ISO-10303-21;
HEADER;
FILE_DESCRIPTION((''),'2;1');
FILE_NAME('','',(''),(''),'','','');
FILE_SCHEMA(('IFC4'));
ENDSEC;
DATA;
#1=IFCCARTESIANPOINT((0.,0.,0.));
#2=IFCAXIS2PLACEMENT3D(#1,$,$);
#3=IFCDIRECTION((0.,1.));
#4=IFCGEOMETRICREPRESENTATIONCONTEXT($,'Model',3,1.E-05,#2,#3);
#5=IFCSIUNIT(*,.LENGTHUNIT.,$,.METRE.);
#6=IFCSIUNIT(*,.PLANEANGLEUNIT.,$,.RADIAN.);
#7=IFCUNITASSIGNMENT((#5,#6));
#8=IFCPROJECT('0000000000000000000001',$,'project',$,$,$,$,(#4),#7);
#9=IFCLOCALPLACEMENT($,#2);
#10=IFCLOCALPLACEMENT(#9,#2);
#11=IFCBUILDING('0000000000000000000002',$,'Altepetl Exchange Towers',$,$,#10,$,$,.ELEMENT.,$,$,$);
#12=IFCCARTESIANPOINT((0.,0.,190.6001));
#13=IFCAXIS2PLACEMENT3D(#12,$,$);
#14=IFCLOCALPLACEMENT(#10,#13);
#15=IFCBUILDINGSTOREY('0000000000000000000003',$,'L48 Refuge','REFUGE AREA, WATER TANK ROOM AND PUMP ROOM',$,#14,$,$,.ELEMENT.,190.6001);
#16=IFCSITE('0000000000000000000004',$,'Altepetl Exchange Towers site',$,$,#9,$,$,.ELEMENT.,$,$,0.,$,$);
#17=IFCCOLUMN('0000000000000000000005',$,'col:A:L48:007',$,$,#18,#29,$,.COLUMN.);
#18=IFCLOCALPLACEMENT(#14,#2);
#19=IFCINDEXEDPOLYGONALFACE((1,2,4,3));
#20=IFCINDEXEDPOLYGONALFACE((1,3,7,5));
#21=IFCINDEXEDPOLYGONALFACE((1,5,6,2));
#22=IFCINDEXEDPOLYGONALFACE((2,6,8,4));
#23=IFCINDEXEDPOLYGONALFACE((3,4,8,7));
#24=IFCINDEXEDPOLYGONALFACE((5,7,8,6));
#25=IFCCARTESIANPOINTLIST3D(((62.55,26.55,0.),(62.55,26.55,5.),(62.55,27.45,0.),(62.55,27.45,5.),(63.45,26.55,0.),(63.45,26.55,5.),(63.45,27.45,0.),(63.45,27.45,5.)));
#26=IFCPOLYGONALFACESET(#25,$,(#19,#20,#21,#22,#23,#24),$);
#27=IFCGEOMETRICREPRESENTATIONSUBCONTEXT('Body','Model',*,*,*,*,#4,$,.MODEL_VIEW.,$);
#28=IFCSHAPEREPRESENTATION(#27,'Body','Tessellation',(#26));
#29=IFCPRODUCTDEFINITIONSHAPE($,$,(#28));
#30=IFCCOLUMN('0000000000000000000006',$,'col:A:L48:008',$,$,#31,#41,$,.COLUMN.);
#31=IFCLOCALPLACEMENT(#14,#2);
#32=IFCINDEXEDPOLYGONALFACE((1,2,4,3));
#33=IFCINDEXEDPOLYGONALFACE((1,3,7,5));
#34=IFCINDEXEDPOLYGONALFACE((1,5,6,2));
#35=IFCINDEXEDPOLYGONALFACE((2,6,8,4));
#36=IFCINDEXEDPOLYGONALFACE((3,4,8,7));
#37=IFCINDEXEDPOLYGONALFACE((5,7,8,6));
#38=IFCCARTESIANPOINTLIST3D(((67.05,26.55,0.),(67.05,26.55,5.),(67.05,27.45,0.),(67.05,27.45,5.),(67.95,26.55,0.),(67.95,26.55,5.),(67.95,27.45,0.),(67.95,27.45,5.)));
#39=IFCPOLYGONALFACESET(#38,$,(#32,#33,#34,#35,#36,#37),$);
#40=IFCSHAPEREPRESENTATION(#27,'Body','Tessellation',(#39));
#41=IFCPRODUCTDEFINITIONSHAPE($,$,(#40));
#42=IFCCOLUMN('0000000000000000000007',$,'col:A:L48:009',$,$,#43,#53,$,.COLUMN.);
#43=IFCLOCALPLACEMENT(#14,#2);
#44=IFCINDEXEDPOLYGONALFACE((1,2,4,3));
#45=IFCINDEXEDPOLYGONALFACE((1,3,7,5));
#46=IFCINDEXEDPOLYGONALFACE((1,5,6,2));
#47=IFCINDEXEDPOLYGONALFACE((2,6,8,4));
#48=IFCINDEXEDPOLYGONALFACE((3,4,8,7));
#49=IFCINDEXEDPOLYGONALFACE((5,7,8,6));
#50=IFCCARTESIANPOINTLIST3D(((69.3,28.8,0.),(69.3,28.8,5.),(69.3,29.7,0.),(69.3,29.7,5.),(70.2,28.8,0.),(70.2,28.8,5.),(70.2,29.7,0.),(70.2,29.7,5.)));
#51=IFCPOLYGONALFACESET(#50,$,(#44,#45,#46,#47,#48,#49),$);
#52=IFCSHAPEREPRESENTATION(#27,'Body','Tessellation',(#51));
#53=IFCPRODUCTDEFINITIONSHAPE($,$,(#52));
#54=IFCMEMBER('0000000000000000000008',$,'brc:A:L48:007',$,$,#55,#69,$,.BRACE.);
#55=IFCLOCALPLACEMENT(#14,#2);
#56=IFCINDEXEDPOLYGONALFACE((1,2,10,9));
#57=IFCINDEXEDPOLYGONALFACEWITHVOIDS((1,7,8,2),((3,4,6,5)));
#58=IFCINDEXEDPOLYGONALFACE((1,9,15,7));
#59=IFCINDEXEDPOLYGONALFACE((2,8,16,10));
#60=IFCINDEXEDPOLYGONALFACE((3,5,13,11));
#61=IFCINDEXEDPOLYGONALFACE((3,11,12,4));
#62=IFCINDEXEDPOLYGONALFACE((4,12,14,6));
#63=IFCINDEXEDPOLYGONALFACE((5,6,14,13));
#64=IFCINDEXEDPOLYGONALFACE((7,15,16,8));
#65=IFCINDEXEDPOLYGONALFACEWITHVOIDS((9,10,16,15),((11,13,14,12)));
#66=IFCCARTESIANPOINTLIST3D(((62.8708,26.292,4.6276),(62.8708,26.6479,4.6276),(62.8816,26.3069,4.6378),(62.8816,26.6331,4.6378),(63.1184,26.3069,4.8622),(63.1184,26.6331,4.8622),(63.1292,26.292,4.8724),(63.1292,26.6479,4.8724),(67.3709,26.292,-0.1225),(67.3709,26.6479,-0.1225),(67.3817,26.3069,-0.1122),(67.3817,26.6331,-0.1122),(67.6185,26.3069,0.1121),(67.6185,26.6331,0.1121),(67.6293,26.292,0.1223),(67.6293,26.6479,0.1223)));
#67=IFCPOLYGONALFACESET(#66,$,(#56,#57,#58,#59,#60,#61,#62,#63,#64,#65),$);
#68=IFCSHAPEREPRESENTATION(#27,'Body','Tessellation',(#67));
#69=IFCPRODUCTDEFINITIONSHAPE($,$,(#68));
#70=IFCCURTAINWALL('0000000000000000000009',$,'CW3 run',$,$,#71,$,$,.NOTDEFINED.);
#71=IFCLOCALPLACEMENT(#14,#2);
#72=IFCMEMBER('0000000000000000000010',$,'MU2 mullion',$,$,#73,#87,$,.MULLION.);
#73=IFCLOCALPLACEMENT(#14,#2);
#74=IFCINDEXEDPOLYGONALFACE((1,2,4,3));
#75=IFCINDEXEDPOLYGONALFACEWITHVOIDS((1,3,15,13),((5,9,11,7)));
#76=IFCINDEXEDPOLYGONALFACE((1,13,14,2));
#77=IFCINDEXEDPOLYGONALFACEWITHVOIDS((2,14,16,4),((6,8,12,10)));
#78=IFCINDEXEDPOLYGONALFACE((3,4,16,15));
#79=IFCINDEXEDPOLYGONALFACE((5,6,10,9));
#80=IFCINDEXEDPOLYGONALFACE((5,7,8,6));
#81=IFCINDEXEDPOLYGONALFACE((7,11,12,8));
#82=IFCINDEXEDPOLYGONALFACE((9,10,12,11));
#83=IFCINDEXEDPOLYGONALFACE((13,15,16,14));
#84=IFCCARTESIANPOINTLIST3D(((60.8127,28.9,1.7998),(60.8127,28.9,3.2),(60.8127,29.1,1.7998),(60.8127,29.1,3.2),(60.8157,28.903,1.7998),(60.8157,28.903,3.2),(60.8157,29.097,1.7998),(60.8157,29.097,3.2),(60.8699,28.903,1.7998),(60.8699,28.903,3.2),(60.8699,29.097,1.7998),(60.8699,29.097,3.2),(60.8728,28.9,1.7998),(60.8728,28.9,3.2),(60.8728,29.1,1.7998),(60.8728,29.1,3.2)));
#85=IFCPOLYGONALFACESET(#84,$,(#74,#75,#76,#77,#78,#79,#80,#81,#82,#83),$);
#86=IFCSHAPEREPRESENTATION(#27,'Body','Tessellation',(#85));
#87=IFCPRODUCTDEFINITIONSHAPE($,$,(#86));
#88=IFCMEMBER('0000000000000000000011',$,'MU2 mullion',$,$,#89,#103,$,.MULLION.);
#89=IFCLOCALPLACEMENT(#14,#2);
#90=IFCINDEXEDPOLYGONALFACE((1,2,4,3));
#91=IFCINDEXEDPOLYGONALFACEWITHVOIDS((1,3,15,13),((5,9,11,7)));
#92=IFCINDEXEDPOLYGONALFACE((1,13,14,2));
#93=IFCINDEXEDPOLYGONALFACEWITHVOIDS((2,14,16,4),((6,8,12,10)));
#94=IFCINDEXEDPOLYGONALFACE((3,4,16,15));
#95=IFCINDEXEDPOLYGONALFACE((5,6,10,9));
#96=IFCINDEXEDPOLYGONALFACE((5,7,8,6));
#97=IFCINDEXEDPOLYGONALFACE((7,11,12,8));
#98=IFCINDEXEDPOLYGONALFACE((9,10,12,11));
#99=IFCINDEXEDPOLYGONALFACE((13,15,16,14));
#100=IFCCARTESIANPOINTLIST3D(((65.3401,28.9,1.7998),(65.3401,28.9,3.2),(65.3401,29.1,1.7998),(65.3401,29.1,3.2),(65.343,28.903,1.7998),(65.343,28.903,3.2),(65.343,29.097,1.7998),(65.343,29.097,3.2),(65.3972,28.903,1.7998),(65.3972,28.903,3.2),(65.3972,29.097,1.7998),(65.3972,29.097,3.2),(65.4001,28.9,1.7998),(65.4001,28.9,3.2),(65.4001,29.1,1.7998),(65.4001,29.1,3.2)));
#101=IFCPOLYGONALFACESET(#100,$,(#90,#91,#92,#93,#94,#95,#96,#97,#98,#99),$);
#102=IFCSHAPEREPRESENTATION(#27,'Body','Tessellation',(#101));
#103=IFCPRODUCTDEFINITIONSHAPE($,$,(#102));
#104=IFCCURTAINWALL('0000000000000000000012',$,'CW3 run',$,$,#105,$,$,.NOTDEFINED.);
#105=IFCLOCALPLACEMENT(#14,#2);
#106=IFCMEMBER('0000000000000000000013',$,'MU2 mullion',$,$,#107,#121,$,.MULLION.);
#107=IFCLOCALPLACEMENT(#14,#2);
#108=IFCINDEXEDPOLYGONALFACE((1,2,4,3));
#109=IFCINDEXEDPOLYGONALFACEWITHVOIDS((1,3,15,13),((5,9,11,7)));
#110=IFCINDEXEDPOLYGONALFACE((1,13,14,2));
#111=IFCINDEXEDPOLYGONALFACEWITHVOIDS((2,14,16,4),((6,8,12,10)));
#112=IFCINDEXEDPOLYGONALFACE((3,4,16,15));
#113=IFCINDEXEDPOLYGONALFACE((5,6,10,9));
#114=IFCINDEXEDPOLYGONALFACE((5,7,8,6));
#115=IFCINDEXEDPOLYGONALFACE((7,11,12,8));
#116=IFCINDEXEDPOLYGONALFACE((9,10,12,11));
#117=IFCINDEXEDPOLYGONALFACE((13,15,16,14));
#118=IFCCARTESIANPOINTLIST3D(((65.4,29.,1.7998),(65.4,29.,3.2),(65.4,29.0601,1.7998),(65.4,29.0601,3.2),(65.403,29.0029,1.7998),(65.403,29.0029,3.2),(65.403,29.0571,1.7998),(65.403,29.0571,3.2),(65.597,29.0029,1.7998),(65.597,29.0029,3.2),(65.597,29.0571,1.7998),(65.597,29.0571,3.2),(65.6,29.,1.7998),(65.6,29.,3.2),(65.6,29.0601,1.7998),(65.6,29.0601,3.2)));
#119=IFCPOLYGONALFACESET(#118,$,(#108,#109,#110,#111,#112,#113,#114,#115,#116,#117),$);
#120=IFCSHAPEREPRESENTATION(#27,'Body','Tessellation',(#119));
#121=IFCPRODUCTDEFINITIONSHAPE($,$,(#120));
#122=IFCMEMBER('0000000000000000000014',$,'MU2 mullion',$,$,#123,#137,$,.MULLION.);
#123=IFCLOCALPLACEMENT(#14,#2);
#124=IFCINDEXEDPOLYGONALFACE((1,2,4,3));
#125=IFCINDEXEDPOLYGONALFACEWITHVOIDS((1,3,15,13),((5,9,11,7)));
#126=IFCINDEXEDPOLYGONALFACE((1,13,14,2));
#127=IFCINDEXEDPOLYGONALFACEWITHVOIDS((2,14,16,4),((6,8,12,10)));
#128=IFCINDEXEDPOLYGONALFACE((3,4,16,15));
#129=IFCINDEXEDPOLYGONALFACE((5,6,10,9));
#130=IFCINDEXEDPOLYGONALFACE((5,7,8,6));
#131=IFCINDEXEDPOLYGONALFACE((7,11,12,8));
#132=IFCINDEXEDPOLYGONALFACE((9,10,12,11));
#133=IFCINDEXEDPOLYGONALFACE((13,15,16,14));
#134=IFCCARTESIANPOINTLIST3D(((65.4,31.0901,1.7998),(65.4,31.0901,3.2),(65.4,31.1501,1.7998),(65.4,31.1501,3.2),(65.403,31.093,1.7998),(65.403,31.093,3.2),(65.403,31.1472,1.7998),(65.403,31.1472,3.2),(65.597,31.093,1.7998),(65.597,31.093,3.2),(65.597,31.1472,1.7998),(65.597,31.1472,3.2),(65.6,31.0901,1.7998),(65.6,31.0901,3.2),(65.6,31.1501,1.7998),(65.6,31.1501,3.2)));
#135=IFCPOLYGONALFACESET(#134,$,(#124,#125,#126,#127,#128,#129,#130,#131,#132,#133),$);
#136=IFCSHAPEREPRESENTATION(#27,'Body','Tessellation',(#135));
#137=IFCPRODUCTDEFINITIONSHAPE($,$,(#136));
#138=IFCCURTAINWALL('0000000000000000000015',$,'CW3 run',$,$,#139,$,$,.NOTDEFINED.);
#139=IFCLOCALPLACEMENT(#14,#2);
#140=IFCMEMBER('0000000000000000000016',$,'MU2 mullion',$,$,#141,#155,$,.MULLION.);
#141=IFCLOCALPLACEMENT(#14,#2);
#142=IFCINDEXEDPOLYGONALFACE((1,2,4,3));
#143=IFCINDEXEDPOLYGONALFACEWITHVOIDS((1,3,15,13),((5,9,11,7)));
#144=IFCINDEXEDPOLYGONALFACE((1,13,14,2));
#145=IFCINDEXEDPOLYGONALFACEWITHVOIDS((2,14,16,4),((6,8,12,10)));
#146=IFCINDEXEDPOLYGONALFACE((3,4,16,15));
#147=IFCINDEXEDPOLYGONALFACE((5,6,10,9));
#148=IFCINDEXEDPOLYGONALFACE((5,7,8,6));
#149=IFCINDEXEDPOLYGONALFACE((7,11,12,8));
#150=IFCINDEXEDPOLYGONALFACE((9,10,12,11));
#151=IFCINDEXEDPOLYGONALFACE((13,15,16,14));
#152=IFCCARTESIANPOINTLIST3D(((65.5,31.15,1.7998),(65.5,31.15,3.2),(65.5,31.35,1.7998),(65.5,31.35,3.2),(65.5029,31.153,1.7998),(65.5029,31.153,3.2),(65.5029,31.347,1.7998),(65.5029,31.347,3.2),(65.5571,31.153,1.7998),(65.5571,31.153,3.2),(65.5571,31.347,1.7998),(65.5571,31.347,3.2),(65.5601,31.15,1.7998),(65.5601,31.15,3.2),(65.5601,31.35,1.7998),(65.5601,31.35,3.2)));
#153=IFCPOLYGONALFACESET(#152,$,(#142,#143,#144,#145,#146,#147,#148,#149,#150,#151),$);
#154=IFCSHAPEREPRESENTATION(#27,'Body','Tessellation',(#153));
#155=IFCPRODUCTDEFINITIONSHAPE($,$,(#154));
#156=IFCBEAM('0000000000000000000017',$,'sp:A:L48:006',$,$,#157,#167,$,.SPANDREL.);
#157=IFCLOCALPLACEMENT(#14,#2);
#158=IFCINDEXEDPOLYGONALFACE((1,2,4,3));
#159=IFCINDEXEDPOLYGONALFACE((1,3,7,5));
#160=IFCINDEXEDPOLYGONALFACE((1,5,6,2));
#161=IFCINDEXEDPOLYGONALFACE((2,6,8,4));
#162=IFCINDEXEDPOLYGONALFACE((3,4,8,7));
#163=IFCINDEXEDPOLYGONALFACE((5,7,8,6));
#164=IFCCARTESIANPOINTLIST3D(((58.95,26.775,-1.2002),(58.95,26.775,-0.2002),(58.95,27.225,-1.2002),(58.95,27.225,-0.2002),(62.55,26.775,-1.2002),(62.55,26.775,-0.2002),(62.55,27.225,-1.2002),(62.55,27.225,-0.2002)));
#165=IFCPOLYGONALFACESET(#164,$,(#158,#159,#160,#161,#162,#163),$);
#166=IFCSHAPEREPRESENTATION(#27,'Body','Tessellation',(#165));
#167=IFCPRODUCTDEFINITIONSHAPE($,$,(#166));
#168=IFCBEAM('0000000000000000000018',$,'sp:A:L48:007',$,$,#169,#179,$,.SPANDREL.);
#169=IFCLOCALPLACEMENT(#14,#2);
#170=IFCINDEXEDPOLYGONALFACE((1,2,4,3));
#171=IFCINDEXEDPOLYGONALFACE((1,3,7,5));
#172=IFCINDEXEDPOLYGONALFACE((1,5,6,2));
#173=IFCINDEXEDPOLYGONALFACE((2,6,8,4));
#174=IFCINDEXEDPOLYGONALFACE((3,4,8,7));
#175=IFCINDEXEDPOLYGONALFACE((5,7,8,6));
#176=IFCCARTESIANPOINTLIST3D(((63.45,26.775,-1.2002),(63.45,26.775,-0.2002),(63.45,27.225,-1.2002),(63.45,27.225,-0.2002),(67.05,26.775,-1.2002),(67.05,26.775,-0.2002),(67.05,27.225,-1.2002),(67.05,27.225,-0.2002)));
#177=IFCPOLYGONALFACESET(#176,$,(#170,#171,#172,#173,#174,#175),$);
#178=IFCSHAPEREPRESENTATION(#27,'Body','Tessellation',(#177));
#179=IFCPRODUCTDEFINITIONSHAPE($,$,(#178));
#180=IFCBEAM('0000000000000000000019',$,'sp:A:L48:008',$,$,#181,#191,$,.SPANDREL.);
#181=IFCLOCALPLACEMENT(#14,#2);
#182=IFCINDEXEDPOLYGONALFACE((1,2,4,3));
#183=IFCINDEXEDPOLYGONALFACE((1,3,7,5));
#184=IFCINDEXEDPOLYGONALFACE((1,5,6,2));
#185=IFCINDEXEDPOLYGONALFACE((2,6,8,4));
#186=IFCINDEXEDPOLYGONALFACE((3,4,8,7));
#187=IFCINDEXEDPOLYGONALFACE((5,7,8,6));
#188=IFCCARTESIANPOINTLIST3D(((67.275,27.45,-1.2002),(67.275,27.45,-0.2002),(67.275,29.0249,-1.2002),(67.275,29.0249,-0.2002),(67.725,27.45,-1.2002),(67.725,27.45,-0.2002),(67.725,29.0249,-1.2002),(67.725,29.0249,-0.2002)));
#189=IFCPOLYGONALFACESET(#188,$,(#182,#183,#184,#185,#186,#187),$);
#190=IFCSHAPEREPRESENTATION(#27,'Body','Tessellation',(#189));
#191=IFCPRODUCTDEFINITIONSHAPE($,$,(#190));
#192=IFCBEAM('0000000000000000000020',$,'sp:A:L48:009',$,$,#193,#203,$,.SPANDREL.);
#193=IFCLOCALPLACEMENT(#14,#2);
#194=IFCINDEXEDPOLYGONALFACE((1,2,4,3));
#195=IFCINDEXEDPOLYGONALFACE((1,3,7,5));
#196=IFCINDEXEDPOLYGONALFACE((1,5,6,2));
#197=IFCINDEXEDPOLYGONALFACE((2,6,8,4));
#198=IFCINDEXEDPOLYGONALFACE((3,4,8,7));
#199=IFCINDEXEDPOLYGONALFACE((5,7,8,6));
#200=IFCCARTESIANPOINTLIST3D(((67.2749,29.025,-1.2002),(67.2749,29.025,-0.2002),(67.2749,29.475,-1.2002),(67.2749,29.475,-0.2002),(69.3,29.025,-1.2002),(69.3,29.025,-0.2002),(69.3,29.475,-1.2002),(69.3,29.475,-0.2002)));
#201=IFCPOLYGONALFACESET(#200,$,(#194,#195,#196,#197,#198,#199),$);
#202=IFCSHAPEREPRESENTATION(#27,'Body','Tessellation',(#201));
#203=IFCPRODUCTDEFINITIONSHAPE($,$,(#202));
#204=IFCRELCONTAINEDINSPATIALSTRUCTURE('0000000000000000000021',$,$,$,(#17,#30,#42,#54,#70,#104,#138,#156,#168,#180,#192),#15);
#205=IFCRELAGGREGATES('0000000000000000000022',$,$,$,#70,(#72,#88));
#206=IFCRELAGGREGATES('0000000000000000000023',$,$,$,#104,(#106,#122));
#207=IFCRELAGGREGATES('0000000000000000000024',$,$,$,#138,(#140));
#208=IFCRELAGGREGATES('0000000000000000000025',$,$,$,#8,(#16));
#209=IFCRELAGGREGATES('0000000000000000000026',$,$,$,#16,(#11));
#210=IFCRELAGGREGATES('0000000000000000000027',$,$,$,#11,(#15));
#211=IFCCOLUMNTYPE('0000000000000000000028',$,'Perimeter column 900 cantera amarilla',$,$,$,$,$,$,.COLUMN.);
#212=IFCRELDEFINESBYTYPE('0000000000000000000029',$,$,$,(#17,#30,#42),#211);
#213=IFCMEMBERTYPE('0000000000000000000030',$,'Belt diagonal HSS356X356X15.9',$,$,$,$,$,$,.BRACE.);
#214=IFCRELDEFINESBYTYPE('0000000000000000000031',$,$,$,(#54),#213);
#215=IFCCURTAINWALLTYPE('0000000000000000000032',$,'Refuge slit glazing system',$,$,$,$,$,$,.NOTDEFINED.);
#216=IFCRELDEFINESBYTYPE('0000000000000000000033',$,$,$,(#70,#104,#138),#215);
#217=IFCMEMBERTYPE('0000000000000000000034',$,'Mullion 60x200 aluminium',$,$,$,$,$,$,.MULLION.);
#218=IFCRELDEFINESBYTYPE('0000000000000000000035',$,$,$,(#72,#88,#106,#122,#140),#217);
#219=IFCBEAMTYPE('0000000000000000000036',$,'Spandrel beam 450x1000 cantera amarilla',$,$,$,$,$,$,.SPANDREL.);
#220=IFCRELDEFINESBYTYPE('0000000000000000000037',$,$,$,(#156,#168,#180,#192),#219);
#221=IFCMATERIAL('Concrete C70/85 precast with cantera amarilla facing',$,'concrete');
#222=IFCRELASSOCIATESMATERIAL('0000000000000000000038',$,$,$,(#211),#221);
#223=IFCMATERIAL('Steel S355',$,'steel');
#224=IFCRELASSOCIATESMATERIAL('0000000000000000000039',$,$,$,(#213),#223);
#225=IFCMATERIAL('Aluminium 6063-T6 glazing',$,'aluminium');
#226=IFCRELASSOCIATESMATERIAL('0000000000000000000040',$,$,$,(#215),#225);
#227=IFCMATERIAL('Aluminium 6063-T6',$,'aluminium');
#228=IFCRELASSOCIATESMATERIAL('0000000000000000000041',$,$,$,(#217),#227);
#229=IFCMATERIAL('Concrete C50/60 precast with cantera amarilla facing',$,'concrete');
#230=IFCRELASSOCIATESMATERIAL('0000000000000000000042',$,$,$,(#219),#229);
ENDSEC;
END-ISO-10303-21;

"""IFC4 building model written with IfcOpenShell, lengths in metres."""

from ifc_helpers import new_model, si_unit, direction, frame, origin, origin_2d, place, context, subcontext, project, spatial, rectangle, hollow_rectangle, extrude, material, material_profile, profile_set, type_object, element, aggregate, save


model = new_model("IFC4")

# Units and contexts
model_context = context("Model", 3, precision=1e-05, world=origin(), true_north=direction((0.0, 1.0)))
body_context = subcontext(model_context, "Body", "Model", "MODEL_VIEW")
ifc_project = project(units=[si_unit("LENGTHUNIT", "METRE"), si_unit("PLANEANGLEUNIT", "RADIAN")], contexts=[model_context])

# Site, building, storey
site_placement = place(None, origin())
site = spatial("IfcSite", under=ifc_project, at=site_placement, Name="Altepetl Exchange Towers site", CompositionType="ELEMENT", RefElevation=0.0)
building_placement = place(site_placement, origin())
building = spatial("IfcBuilding", under=site, at=building_placement, Name="Altepetl Exchange Towers", CompositionType="ELEMENT")
storey_placement = place(building_placement, frame((0.0, 0.0, 190.6001)))
storey = spatial("IfcBuildingStorey", under=building, at=storey_placement, Name="L48 Refuge", Description="REFUGE AREA, WATER TANK ROOM AND PUMP ROOM", CompositionType="ELEMENT", Elevation=190.6001)

# Columns
ifc_material_1 = material(Name="Concrete C70/85 precast with cantera amarilla facing", Category="concrete")
ifc_material_profile_1 = material_profile(ifc_material_1, rectangle(XDim=0.8999, YDim=0.8999, at=origin_2d()), Name="900 x 900")
ifc_profile_set_1 = profile_set([ifc_material_profile_1], Name="Concrete C70/85 precast with cantera amarilla facing")
column_type = type_object("IfcColumnType", Name="Perimeter column 900 cantera amarilla", PredefinedType="COLUMN", material=ifc_profile_set_1)
for number, where, name in (
    (1, (63.0, 27.0, 0.0), "col:A:L48:007"),
    (2, (67.5, 27.0, 0.0), "col:A:L48:008"),
    (3, (69.75, 29.25, 0.0), "col:A:L48:009"),
):
    element("IfcColumn", number, at=place(storey_placement, frame(where)), inside=storey, type_object=column_type, Name=name, PredefinedType="COLUMN", context=body_context, shape_type="SweptSolid", body=[
        extrude(rectangle(XDim=0.8999, YDim=0.8999, at=origin_2d()), origin(), (0.0, 0.0, 1.0), 5.0),
    ])

# Member
ifc_material_2 = material(Name="Steel S355", Category="steel")
ifc_material_profile_2 = material_profile(ifc_material_2, hollow_rectangle(XDim=0.356, YDim=0.356, WallThickness=0.0149, at=origin_2d()), Name="HSS356X356X15.9")
ifc_profile_set_2 = profile_set([ifc_material_profile_2], Name="Steel S355")
member_type_1 = type_object("IfcMemberType", Name="Belt diagonal HSS356X356X15.9", PredefinedType="BRACE", material=ifc_profile_set_2)
member_1_placement = place(storey_placement, frame((63.0, 26.47, 4.75), z_axis=(0.687745, 0.0, -0.725953), x_axis=(0.0, 1.0, 0.0)))
element("IfcMember", 4, at=member_1_placement, inside=storey, type_object=member_type_1, Name="brc:A:L48:007", PredefinedType="BRACE", context=body_context, shape_type="SweptSolid", body=[
    extrude(hollow_rectangle(XDim=0.356, YDim=0.356, WallThickness=0.0149, at=origin_2d()), origin(), (0.0, 0.0, 1.0), 6.5432),
])

# Curtain walls, members
ifc_material_3 = material(Name="Aluminium 6063-T6 glazing", Category="aluminium")
curtain_wall_type = type_object("IfcCurtainWallType", Name="Refuge slit glazing system", PredefinedType="NOTDEFINED", material=ifc_material_3)
curtain_wall_1_placement = place(storey_placement, origin())
curtain_wall_1 = element("IfcCurtainWall", 5, at=curtain_wall_1_placement, inside=storey, type_object=curtain_wall_type, Name="CW3 run", PredefinedType="NOTDEFINED")
ifc_material_4 = material(Name="Aluminium 6063-T6", Category="aluminium")
ifc_material_profile_3 = material_profile(ifc_material_4, hollow_rectangle(XDim=0.0601, YDim=0.2, WallThickness=0.0029, at=origin_2d()), Name="Mullion 60x200 aluminium")
ifc_profile_set_3 = profile_set([ifc_material_profile_3], Name="Aluminium 6063-T6")
member_type_2 = type_object("IfcMemberType", Name="Mullion 60x200 aluminium", PredefinedType="MULLION", material=ifc_profile_set_3)
member_2_placement = place(storey_placement, frame((60.8428, 29.0, 1.7998)))
member_2 = element("IfcMember", 6, at=member_2_placement, type_object=member_type_2, Name="MU2 mullion", PredefinedType="MULLION", context=body_context, shape_type="SweptSolid", body=[
    extrude(hollow_rectangle(XDim=0.0601, YDim=0.2, WallThickness=0.0029, at=origin_2d()), origin(), (0.0, 0.0, 1.0), 1.4001),
])
member_3_placement = place(storey_placement, frame((65.3701, 29.0, 1.7998)))
member_3 = element("IfcMember", 7, at=member_3_placement, type_object=member_type_2, Name="MU2 mullion", PredefinedType="MULLION", context=body_context, shape_type="SweptSolid", body=[
    extrude(hollow_rectangle(XDim=0.0601, YDim=0.2, WallThickness=0.0029, at=origin_2d()), origin(), (0.0, 0.0, 1.0), 1.4001),
])
curtain_wall_2_placement = place(storey_placement, origin())
curtain_wall_2 = element("IfcCurtainWall", 8, at=curtain_wall_2_placement, inside=storey, type_object=curtain_wall_type, Name="CW3 run", PredefinedType="NOTDEFINED")
member_4_placement = place(storey_placement, frame((65.5, 29.03, 1.7998), z_axis=(0.0, 0.0, 1.0), x_axis=(0.0, 1.0, 0.0)))
member_4 = element("IfcMember", 9, at=member_4_placement, type_object=member_type_2, Name="MU2 mullion", PredefinedType="MULLION", context=body_context, shape_type="SweptSolid", body=[
    extrude(hollow_rectangle(XDim=0.0601, YDim=0.2, WallThickness=0.0029, at=origin_2d()), origin(), (0.0, 0.0, 1.0), 1.4001),
])
member_5_placement = place(storey_placement, frame((65.5, 31.1201, 1.7998), z_axis=(0.0, 0.0, 1.0), x_axis=(0.0, 1.0, 0.0)))
member_5 = element("IfcMember", 10, at=member_5_placement, type_object=member_type_2, Name="MU2 mullion", PredefinedType="MULLION", context=body_context, shape_type="SweptSolid", body=[
    extrude(hollow_rectangle(XDim=0.0601, YDim=0.2, WallThickness=0.0029, at=origin_2d()), origin(), (0.0, 0.0, 1.0), 1.4001),
])

# Curtain wall, member
curtain_wall_3_placement = place(storey_placement, origin())
curtain_wall_3 = element("IfcCurtainWall", 11, at=curtain_wall_3_placement, inside=storey, type_object=curtain_wall_type, Name="CW3 run", PredefinedType="NOTDEFINED")
member_6_placement = place(storey_placement, frame((65.53, 31.25, 1.7998)))
member_6 = element("IfcMember", 12, at=member_6_placement, type_object=member_type_2, Name="MU2 mullion", PredefinedType="MULLION", context=body_context, shape_type="SweptSolid", body=[
    extrude(hollow_rectangle(XDim=0.0601, YDim=0.2, WallThickness=0.0029, at=origin_2d()), origin(), (0.0, 0.0, 1.0), 1.4001),
])

# Beams
ifc_material_5 = material(Name="Concrete C50/60 precast with cantera amarilla facing", Category="concrete")
ifc_material_profile_4 = material_profile(ifc_material_5, rectangle(XDim=0.45, YDim=1.0, at=origin_2d()), Name="450 x 1000")
ifc_profile_set_4 = profile_set([ifc_material_profile_4], Name="Concrete C50/60 precast with cantera amarilla facing")
beam_type = type_object("IfcBeamType", Name="Spandrel beam 450x1000 cantera amarilla", PredefinedType="SPANDREL", material=ifc_profile_set_4)
for number, where, z_axis, x_axis, name in (
    (13, (58.95, 27.0, -0.7002), (1.0, 0.0, 0.0), (0.0, 1.0, 0.0), "sp:A:L48:006"),
    (14, (63.45, 27.0, -0.7002), (1.0, 0.0, 0.0), (0.0, 1.0, 0.0), "sp:A:L48:007"),
):
    element("IfcBeam", number, at=place(storey_placement, frame(where, z_axis=z_axis, x_axis=x_axis)), inside=storey, type_object=beam_type, Name=name, PredefinedType="SPANDREL", context=body_context, shape_type="SweptSolid", body=[
        extrude(rectangle(XDim=0.45, YDim=1.0, at=origin_2d()), origin(), (0.0, 0.0, 1.0), 3.6001),
    ])
beam_1_placement = place(storey_placement, frame((67.5, 27.45, -0.7002), z_axis=(0.0, 1.0, 0.0), x_axis=(-1.0, 0.0, 0.0)))
element("IfcBeam", 15, at=beam_1_placement, inside=storey, type_object=beam_type, Name="sp:A:L48:008", PredefinedType="SPANDREL", context=body_context, shape_type="SweptSolid", body=[
    extrude(rectangle(XDim=0.45, YDim=1.0, at=origin_2d()), origin(), (0.0, 0.0, 1.0), 1.575),
])
beam_2_placement = place(storey_placement, frame((67.2749, 29.25, -0.7002), z_axis=(1.0, 0.0, 0.0), x_axis=(0.0, 1.0, 0.0)))
element("IfcBeam", 16, at=beam_2_placement, inside=storey, type_object=beam_type, Name="sp:A:L48:009", PredefinedType="SPANDREL", context=body_context, shape_type="SweptSolid", body=[
    extrude(rectangle(XDim=0.45, YDim=1.0, at=origin_2d()), origin(), (0.0, 0.0, 1.0), 2.0251),
])

aggregate(curtain_wall_1, [member_2, member_3])
aggregate(curtain_wall_2, [member_4, member_5])
aggregate(curtain_wall_3, [member_6])

save(model, "model.ifc")
